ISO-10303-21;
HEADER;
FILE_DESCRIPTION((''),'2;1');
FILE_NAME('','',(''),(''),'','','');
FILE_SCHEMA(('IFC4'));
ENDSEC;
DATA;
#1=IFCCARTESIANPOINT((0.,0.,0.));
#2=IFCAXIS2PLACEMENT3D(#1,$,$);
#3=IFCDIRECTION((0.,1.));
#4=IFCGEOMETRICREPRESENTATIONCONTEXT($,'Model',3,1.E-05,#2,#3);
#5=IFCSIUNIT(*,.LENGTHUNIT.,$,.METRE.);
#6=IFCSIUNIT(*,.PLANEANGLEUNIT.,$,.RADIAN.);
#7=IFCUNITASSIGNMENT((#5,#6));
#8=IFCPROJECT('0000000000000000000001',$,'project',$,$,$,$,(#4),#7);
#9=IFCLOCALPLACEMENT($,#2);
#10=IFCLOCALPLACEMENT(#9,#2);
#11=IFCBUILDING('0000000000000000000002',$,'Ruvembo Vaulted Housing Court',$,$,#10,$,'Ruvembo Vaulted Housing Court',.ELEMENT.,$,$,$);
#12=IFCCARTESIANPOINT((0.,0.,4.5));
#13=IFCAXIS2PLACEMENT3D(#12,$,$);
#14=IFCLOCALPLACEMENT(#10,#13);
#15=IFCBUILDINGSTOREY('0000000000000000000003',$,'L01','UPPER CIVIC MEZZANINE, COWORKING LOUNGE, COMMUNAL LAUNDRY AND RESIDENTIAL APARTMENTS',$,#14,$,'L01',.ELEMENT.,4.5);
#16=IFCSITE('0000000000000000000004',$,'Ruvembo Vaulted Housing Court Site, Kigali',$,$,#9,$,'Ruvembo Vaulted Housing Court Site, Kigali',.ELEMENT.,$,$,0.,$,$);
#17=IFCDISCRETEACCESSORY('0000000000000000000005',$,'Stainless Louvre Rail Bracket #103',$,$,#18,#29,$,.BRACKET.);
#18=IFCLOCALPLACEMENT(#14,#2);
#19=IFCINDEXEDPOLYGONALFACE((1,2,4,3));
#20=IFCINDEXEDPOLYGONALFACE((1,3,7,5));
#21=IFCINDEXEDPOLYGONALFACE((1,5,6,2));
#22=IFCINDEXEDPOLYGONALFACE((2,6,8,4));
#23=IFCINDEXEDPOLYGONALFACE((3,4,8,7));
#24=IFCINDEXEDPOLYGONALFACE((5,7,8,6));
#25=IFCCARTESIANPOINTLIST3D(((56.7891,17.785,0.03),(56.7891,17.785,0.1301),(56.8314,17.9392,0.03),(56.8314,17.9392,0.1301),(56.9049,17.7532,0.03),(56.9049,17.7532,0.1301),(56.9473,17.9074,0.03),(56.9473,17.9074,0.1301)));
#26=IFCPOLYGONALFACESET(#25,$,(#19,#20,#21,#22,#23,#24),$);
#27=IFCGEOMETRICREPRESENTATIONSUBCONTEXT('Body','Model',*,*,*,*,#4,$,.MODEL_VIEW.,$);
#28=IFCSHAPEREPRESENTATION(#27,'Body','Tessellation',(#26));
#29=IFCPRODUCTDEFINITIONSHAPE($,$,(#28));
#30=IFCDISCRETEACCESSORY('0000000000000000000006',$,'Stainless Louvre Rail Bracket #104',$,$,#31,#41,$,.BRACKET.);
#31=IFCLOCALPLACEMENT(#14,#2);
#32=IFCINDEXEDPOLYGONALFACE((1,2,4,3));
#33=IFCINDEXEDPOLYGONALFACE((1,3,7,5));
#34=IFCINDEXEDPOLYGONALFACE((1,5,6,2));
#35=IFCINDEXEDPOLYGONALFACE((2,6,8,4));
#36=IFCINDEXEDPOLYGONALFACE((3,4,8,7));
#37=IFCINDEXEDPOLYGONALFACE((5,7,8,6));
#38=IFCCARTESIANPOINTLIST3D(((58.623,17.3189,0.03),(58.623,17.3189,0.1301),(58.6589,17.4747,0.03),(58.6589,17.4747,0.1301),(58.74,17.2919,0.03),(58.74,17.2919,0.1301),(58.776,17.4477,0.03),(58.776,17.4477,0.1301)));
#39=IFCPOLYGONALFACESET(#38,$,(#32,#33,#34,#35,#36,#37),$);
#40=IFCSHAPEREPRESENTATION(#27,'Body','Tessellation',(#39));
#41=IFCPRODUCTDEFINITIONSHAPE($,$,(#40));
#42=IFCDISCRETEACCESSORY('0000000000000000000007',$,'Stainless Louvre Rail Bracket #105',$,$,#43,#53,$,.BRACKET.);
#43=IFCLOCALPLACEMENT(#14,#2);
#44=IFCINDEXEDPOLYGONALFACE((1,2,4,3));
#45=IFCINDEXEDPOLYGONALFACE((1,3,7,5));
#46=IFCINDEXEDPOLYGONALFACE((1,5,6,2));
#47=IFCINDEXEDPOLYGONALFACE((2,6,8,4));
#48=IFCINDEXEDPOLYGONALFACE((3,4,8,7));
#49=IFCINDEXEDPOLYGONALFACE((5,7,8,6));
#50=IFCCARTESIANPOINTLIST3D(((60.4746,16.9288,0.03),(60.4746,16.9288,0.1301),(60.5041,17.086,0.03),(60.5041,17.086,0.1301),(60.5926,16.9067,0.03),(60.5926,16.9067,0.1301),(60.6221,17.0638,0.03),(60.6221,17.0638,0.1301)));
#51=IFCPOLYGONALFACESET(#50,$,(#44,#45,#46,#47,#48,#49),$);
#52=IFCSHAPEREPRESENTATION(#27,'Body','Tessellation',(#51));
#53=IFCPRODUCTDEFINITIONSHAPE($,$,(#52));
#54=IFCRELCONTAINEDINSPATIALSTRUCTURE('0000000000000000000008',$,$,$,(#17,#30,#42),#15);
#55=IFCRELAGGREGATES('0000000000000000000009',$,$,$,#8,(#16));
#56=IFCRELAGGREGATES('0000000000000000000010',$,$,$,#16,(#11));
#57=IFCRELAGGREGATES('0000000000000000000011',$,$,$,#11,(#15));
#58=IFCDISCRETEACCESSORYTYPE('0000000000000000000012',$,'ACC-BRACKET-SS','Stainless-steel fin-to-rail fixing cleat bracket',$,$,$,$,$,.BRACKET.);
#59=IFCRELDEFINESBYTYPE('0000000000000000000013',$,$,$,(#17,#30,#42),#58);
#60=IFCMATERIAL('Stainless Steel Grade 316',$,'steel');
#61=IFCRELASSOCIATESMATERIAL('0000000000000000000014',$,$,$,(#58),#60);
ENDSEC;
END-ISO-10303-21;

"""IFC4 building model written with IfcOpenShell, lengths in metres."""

from ifc_helpers import new_model, si_unit, direction, frame, origin, origin_2d, place, context, subcontext, project, spatial, rectangle, extrude, material, type_object, element, save


model = new_model("IFC4")

# Units and contexts
model_context = context("Model", 3, precision=1e-05, world=origin(), true_north=direction((0.0, 1.0)))
body_context = subcontext(model_context, "Body", "Model", "MODEL_VIEW")
ifc_project = project(units=[si_unit("LENGTHUNIT", "METRE"), si_unit("PLANEANGLEUNIT", "RADIAN")], contexts=[model_context])

# Site, building, storey
site_placement = place(None, origin())
site = spatial("IfcSite", under=ifc_project, at=site_placement, Name="Ruvembo Vaulted Housing Court Site, Kigali", LongName="Ruvembo Vaulted Housing Court Site, Kigali", CompositionType="ELEMENT", RefElevation=0.0)
building_placement = place(site_placement, origin())
building = spatial("IfcBuilding", under=site, at=building_placement, Name="Ruvembo Vaulted Housing Court", LongName="Ruvembo Vaulted Housing Court", CompositionType="ELEMENT")
storey_placement = place(building_placement, frame((0.0, 0.0, 4.5)))
storey = spatial("IfcBuildingStorey", under=building, at=storey_placement, Name="L01", Description="UPPER CIVIC MEZZANINE, COWORKING LOUNGE, COMMUNAL LAUNDRY AND RESIDENTIAL APARTMENTS", LongName="L01", CompositionType="ELEMENT", Elevation=4.5)

# Discrete accessories
ifc_material_1 = material(Name="Stainless Steel Grade 316", Category="steel")
discrete_accessory_type = type_object("IfcDiscreteAccessoryType", Name="ACC-BRACKET-SS", Description="Stainless-steel fin-to-rail fixing cleat bracket", PredefinedType="BRACKET", material=ifc_material_1)
for number, where, z_axis, x_axis, name in (
    (1, (56.8682, 17.8462, 0.03), (0.0, 0.0, 1.0), (-0.264984, -0.964253, 0.0), "Stainless Louvre Rail Bracket #103"),
    (2, (58.6995, 17.3833, 0.03), (0.0, 0.0, 1.0), (-0.224951, -0.97437, 0.0), "Stainless Louvre Rail Bracket #104"),
    (3, (60.5483, 16.9963, 0.03), (0.0, 0.0, 1.0), (-0.184569, -0.98282, 0.0), "Stainless Louvre Rail Bracket #105"),
):
    element("IfcDiscreteAccessory", number, at=place(storey_placement, frame(where, z_axis=z_axis, x_axis=x_axis)), inside=storey, type_object=discrete_accessory_type, Name=name, PredefinedType="BRACKET", context=body_context, shape_type="SweptSolid", body=[
        extrude(rectangle(XDim=0.1599, YDim=0.1201, at=origin_2d()), origin(), (0.0, 0.0, 1.0), 0.1001),
    ])

save(model, "model.ifc")
